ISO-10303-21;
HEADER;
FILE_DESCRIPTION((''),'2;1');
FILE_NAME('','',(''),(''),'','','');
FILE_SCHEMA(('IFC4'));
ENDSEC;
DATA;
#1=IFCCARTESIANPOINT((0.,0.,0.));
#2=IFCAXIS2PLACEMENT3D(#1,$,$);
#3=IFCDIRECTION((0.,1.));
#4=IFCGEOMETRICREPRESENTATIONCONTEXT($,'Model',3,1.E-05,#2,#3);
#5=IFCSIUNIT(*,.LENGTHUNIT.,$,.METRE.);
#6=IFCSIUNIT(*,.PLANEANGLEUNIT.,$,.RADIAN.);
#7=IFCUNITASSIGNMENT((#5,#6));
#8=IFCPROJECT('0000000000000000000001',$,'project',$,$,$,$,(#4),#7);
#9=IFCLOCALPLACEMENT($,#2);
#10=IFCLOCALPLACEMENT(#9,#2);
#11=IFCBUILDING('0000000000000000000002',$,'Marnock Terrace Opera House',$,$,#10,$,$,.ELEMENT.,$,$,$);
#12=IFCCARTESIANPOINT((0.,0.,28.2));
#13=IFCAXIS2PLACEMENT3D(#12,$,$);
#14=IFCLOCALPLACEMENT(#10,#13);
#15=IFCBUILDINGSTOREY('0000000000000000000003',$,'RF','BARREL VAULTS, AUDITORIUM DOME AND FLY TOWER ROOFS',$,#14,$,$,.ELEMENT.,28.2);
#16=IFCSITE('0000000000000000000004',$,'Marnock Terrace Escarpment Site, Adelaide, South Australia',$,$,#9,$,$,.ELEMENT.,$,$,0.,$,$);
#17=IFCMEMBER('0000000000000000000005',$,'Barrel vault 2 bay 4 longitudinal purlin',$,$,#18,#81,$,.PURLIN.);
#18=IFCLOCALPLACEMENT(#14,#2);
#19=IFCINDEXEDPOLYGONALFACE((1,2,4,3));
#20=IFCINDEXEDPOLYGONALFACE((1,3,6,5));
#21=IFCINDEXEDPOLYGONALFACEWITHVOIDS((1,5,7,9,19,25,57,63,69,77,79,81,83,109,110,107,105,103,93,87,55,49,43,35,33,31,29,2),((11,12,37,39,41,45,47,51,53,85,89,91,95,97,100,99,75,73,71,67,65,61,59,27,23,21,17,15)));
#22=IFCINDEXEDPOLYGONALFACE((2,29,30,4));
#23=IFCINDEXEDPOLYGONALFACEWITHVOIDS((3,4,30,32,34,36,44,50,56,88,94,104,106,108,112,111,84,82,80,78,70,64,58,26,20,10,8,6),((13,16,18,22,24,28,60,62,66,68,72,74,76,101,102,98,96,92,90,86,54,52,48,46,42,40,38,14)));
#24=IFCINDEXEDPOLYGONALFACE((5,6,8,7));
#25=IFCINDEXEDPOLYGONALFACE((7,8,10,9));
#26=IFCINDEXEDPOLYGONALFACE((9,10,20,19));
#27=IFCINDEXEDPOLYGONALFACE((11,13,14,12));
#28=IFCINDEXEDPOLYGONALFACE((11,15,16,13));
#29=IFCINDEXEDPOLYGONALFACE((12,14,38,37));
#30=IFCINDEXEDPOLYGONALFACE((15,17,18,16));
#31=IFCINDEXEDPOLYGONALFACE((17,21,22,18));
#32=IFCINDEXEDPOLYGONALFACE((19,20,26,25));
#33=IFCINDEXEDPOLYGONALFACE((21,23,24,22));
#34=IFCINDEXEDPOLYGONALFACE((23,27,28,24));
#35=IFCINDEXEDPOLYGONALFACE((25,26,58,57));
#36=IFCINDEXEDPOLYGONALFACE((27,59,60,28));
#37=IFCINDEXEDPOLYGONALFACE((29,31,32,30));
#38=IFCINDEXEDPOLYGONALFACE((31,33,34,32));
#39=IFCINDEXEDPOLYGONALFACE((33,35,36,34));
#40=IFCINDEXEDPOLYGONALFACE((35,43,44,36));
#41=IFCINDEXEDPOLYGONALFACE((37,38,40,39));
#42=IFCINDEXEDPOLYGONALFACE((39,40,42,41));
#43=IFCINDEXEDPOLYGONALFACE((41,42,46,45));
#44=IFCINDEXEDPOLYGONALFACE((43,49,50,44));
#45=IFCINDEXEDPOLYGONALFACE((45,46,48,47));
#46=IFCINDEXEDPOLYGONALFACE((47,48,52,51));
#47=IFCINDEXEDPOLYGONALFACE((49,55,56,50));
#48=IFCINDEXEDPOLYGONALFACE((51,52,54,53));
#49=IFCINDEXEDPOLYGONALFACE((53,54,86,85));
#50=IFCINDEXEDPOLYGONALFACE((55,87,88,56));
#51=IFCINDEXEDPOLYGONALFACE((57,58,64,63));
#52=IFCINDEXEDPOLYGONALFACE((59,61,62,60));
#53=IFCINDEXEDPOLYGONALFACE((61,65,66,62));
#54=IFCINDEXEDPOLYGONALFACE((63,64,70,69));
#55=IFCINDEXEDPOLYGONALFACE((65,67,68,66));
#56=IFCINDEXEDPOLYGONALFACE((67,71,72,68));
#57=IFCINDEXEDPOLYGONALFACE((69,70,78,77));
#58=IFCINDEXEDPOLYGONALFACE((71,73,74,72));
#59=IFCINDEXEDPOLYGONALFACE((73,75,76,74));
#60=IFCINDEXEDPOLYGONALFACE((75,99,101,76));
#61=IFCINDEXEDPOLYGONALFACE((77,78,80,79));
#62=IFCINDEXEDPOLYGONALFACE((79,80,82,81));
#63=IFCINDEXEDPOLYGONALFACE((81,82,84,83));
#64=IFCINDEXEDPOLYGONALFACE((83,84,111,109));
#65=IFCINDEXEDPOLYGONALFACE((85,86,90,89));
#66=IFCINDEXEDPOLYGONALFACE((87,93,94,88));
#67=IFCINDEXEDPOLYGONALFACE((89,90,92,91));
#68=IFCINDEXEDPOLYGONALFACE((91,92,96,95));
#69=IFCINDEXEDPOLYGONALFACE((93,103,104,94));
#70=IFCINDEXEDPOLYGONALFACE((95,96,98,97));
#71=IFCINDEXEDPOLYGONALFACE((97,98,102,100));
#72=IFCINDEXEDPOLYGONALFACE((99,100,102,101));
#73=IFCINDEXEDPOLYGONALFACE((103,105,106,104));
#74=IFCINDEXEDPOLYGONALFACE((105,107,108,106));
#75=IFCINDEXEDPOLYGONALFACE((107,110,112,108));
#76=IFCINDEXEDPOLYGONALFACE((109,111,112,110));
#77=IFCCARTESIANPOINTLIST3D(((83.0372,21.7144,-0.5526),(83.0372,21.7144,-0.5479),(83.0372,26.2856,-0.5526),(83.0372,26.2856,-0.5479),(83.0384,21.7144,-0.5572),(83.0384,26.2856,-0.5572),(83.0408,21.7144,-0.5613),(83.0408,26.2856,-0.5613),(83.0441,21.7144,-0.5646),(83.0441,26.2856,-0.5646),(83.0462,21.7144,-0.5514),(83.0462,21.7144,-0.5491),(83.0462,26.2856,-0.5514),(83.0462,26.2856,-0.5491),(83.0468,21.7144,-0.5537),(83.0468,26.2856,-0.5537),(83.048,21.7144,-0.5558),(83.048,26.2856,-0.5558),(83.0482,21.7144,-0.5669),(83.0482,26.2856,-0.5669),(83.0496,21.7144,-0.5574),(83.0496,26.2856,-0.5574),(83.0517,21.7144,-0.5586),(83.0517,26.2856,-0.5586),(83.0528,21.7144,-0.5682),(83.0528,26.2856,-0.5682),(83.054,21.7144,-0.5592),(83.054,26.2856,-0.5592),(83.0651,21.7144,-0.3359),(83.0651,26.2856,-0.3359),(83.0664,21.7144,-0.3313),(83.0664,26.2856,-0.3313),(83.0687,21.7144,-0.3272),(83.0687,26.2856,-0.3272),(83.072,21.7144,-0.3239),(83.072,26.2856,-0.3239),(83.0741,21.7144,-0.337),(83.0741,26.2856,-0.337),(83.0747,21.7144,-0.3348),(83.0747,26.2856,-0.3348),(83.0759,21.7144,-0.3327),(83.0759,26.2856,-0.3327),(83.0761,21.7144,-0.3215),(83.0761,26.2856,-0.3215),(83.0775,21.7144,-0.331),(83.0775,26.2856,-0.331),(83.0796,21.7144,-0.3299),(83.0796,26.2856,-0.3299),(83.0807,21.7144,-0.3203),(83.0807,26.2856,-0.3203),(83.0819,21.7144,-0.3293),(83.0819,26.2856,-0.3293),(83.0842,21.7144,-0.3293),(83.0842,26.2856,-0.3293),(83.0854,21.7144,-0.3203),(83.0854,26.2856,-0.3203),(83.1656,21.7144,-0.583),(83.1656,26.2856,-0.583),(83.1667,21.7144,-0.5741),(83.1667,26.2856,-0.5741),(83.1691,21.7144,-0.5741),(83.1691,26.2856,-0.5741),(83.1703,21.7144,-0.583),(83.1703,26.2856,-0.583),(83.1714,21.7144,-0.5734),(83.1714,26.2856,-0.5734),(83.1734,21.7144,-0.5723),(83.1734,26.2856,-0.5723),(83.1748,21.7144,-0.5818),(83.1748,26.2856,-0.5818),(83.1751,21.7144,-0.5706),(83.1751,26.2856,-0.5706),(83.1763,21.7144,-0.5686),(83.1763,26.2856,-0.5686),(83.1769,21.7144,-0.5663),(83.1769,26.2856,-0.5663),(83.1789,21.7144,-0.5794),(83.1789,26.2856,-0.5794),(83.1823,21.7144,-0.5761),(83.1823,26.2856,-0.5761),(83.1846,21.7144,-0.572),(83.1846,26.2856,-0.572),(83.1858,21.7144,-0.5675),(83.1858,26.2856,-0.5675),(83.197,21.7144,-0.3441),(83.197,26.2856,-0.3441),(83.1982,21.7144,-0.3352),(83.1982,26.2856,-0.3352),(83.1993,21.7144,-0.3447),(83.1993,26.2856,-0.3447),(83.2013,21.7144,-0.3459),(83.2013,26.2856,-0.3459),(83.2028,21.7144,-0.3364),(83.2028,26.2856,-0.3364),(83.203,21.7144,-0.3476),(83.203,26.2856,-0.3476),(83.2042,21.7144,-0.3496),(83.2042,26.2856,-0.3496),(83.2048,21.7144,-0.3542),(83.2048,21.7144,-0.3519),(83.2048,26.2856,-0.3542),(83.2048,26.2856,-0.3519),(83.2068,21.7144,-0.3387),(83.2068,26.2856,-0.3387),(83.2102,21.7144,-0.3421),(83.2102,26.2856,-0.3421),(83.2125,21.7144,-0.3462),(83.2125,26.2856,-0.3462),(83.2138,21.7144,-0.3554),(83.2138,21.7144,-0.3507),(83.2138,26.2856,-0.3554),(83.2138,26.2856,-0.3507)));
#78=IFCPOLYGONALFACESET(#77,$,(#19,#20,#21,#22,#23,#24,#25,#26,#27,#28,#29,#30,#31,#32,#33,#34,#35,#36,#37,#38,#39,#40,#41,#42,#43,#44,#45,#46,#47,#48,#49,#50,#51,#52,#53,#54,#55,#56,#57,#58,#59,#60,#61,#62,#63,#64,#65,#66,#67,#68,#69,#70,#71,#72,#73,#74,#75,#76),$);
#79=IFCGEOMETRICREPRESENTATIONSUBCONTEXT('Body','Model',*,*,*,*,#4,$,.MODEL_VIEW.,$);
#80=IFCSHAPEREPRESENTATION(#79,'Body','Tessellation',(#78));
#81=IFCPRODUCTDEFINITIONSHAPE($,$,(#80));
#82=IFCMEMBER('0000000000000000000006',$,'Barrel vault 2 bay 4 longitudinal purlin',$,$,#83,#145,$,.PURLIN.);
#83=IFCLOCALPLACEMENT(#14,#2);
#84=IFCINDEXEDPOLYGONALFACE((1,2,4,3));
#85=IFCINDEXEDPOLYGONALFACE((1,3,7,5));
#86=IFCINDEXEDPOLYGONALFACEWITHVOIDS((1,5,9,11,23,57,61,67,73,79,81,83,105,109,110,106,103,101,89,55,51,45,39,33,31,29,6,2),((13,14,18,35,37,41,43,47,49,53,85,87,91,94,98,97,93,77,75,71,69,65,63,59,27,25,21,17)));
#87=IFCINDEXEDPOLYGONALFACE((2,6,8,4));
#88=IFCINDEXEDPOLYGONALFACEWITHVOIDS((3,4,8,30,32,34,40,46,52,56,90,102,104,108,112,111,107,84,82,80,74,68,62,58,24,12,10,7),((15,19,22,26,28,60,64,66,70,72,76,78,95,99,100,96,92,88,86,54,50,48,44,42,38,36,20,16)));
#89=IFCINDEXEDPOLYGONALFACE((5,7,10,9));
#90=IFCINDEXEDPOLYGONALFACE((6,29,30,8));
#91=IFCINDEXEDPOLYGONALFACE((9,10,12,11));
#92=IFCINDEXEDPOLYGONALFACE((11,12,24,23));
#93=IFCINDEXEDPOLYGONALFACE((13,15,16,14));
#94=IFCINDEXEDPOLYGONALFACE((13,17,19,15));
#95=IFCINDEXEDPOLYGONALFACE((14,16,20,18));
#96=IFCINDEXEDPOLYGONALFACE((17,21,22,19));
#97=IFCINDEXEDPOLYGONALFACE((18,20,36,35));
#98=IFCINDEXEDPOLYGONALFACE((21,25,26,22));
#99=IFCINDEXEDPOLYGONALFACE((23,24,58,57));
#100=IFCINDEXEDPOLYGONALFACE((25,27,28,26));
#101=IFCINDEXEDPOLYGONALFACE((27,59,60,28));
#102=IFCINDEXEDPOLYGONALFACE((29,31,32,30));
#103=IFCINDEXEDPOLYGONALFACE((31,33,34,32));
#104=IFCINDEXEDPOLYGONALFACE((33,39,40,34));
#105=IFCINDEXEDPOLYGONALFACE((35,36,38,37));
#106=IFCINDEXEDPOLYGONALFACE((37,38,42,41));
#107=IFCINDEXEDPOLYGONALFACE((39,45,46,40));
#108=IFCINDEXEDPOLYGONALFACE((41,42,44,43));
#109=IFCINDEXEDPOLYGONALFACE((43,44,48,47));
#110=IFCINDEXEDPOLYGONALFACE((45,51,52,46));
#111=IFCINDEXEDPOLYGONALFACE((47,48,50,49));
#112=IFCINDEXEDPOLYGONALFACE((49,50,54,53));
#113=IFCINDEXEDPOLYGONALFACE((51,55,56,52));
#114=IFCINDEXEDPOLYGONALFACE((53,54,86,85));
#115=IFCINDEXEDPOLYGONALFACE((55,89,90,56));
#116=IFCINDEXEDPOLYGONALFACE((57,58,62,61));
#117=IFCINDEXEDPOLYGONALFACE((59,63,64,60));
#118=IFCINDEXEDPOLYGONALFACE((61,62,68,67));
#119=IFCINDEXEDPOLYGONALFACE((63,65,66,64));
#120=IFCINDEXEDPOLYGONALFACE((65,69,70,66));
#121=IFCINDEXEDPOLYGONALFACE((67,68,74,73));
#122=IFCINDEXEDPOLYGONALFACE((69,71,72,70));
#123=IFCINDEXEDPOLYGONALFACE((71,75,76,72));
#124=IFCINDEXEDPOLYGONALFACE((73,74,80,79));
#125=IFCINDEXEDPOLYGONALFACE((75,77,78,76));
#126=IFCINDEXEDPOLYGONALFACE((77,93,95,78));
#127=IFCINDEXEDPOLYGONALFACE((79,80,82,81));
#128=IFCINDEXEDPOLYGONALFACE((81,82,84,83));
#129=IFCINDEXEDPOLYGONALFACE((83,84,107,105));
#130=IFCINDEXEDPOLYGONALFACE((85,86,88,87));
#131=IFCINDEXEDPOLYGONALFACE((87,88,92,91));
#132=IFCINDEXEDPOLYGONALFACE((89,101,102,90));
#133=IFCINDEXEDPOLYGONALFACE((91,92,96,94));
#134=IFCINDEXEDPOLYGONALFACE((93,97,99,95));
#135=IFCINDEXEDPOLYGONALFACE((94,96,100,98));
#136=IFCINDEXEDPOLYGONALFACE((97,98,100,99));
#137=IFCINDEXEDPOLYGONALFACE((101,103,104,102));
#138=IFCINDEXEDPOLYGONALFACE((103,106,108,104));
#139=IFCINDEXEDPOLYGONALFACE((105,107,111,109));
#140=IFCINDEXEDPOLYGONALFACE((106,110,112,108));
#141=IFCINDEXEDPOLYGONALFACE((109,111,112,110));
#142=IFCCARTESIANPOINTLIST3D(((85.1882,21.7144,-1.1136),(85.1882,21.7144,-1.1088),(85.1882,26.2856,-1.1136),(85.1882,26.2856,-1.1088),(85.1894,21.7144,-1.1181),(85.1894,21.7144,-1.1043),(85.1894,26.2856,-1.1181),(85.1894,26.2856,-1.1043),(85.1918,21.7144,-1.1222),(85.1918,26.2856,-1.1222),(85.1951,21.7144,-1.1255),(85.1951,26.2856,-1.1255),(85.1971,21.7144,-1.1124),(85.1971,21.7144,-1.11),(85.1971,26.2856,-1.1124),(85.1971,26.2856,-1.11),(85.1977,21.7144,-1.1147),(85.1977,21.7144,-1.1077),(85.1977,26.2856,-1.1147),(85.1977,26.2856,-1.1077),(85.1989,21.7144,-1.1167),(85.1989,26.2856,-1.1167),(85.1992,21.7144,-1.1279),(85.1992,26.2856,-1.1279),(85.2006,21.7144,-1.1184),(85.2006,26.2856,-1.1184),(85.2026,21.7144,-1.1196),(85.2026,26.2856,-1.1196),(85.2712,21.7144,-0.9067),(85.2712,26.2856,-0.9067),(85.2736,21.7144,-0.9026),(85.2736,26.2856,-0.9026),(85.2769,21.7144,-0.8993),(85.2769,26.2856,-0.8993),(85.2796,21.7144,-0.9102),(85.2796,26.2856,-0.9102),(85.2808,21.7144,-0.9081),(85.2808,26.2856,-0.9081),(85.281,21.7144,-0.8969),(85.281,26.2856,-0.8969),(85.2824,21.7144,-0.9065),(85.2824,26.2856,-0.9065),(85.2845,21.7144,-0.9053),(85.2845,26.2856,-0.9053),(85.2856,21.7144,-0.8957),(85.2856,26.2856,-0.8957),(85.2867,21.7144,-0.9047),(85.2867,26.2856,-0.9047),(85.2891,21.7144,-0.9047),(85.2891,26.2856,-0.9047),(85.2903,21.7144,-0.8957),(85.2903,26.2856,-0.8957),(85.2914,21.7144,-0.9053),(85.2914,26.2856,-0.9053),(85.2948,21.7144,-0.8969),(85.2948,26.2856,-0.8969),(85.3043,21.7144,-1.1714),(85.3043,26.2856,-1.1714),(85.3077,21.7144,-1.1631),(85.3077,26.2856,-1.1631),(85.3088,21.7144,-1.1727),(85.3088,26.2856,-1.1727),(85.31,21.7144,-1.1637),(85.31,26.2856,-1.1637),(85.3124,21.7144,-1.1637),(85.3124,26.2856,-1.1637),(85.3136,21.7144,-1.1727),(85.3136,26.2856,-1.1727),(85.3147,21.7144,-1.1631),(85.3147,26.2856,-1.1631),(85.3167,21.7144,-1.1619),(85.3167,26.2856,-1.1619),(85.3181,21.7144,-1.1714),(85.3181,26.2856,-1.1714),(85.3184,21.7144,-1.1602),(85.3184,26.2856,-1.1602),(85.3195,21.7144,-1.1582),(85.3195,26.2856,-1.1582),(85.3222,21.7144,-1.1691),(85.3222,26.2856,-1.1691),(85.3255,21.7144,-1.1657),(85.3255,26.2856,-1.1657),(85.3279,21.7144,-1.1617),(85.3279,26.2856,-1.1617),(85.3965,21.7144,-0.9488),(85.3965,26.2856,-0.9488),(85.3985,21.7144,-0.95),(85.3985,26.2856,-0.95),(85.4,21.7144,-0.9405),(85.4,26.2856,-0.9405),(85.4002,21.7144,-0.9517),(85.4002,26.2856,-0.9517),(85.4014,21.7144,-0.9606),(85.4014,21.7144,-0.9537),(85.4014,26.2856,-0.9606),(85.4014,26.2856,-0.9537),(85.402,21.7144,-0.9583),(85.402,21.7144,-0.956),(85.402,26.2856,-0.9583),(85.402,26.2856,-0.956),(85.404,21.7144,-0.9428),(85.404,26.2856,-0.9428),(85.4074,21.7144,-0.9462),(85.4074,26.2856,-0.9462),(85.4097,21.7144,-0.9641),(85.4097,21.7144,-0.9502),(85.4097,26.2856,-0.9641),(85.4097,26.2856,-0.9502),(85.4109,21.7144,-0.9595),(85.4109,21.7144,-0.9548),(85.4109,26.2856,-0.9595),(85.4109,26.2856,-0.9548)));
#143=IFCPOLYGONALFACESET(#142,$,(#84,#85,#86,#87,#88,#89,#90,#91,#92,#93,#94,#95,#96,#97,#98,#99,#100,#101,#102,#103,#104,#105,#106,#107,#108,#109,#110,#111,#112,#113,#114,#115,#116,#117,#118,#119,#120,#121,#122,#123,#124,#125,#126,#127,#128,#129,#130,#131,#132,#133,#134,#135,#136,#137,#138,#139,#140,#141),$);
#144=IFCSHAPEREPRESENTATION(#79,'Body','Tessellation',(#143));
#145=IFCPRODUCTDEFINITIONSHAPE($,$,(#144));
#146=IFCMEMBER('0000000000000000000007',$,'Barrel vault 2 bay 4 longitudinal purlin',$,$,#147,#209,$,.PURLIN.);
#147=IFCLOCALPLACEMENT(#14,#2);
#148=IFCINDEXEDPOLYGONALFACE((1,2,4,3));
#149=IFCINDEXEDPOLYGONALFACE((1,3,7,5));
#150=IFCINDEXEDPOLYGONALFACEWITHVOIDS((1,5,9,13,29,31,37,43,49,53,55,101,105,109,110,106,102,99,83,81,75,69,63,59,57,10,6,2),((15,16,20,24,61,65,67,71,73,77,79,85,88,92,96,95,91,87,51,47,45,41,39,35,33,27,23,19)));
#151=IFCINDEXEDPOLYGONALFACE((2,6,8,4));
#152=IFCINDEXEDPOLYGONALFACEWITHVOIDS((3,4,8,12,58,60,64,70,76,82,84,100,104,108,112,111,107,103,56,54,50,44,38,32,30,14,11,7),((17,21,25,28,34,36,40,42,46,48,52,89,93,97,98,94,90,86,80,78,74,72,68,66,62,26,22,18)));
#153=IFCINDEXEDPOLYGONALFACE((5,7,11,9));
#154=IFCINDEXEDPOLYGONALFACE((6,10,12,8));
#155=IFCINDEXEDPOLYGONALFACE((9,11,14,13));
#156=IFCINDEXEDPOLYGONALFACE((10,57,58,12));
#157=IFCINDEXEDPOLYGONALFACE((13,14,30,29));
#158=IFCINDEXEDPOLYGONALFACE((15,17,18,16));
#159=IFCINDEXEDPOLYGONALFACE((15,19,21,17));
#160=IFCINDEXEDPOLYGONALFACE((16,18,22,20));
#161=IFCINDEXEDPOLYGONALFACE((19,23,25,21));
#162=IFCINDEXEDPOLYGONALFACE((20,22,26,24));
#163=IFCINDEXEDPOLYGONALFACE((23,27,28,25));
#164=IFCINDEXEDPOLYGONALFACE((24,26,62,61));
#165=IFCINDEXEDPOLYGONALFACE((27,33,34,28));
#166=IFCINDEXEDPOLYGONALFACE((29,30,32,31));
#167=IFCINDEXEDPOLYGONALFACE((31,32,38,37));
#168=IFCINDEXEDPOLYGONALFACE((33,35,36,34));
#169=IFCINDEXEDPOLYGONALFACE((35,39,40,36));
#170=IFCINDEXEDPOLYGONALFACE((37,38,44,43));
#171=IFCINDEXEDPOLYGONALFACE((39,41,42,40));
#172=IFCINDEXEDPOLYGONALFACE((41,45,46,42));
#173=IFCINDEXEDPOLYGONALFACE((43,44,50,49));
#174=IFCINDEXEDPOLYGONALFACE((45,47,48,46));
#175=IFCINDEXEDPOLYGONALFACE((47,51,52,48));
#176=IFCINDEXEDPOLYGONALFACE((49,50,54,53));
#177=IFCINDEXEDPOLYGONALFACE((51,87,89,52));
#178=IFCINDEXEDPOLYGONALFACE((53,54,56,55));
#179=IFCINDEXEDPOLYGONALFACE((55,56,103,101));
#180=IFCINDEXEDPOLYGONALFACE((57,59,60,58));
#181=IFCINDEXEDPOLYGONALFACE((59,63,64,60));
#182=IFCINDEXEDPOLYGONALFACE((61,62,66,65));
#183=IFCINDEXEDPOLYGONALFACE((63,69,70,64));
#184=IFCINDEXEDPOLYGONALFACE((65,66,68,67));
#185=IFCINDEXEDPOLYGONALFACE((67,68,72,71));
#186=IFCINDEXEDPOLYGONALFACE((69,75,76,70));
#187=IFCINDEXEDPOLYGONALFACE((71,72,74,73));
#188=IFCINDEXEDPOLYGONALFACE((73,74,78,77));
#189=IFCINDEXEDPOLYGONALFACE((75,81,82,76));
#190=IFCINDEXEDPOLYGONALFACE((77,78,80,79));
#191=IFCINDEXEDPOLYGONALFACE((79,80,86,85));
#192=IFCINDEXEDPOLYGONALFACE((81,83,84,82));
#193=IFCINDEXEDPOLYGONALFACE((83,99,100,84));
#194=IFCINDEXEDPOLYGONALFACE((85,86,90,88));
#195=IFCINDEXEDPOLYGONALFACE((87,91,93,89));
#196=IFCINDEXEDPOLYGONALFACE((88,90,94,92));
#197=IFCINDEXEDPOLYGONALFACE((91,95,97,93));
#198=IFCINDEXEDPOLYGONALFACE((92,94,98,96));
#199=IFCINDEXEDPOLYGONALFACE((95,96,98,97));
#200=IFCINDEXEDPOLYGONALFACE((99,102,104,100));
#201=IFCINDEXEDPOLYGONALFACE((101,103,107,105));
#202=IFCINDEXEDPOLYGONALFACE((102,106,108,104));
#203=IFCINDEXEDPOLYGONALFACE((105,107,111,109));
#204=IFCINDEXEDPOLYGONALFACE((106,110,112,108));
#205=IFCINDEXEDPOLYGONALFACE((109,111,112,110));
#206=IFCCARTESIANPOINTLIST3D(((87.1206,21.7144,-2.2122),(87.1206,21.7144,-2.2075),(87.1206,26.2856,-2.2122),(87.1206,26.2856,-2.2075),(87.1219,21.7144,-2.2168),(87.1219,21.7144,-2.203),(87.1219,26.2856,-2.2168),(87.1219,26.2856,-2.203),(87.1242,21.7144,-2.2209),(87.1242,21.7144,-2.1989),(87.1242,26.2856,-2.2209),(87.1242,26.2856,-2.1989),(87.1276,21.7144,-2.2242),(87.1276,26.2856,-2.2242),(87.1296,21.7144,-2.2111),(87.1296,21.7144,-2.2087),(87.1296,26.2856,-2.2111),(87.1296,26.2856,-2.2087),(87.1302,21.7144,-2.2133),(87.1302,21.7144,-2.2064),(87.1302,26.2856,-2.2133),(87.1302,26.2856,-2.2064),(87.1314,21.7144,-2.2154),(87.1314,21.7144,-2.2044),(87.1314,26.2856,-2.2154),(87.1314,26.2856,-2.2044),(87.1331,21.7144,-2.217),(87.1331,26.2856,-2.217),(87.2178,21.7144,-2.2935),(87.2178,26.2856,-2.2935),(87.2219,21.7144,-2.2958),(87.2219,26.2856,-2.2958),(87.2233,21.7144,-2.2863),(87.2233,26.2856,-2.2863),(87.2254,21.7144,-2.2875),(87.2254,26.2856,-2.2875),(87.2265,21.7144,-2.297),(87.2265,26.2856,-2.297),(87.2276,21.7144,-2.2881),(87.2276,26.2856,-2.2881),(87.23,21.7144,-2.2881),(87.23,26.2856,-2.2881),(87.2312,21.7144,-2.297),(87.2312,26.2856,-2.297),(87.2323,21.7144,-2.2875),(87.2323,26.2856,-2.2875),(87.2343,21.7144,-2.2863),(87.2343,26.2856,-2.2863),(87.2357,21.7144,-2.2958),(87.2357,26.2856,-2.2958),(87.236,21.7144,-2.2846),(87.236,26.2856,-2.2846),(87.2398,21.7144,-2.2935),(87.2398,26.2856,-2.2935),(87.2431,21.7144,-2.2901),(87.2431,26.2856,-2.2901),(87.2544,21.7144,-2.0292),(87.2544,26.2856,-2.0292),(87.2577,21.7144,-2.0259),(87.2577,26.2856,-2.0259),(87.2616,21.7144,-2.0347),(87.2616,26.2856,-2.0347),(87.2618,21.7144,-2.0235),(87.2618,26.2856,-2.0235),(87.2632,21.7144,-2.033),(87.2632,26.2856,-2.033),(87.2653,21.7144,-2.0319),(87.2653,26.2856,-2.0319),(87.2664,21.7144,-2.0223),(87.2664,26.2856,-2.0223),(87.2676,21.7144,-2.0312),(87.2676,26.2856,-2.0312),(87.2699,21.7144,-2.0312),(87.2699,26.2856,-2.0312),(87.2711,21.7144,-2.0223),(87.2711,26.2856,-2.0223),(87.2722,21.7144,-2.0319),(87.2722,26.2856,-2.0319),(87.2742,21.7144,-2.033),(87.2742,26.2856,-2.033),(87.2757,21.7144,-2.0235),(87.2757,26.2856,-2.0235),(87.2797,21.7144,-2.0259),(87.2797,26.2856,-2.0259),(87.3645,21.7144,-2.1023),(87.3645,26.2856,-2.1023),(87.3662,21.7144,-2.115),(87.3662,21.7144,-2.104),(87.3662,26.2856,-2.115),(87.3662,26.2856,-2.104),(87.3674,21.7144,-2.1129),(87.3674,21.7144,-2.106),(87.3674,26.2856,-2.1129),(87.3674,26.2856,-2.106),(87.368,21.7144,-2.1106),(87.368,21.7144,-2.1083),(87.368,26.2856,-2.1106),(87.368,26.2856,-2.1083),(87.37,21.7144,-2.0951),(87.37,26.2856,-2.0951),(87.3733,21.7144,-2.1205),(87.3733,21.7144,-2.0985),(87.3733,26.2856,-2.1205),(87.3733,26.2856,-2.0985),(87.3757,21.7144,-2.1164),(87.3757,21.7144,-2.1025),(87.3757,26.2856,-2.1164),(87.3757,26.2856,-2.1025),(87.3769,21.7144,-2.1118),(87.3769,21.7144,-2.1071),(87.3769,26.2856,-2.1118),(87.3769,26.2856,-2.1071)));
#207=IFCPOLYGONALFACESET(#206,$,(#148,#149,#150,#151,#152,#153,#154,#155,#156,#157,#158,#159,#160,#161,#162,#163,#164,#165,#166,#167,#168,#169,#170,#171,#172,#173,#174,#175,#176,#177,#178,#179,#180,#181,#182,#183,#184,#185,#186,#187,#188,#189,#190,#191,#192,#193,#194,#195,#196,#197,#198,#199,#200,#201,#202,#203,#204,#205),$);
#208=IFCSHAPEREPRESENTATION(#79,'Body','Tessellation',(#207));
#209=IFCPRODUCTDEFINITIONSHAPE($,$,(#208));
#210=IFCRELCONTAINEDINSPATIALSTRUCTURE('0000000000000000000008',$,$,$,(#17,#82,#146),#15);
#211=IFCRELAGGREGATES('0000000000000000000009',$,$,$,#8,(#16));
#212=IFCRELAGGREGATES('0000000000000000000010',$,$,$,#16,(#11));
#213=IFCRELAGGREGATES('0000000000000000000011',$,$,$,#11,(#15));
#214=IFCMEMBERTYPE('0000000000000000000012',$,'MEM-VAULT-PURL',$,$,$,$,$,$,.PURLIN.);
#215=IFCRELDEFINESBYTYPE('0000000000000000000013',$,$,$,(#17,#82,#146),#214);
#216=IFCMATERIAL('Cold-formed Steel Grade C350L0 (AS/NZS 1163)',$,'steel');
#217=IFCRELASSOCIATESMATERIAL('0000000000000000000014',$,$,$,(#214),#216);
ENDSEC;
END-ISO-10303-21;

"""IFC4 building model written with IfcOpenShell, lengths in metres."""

from ifc_helpers import new_model, si_unit, direction, frame, origin, origin_2d, place, context, subcontext, project, spatial, hollow_rectangle, extrude, material, material_profile, profile_set, type_object, element, save


model = new_model("IFC4")

# Units and contexts
model_context = context("Model", 3, precision=1e-05, world=origin(), true_north=direction((0.0, 1.0)))
body_context = subcontext(model_context, "Body", "Model", "MODEL_VIEW")
ifc_project = project(units=[si_unit("LENGTHUNIT", "METRE"), si_unit("PLANEANGLEUNIT", "RADIAN")], contexts=[model_context])

# Site, building, storey
site_placement = place(None, origin())
site = spatial("IfcSite", under=ifc_project, at=site_placement, Name="Marnock Terrace Escarpment Site, Adelaide, South Australia", CompositionType="ELEMENT", RefElevation=0.0)
building_placement = place(site_placement, origin())
building = spatial("IfcBuilding", under=site, at=building_placement, Name="Marnock Terrace Opera House", CompositionType="ELEMENT")
storey_placement = place(building_placement, frame((0.0, 0.0, 28.2)))
storey = spatial("IfcBuildingStorey", under=building, at=storey_placement, Name="RF", Description="BARREL VAULTS, AUDITORIUM DOME AND FLY TOWER ROOFS", CompositionType="ELEMENT", Elevation=28.2)

# Members
ifc_material = material(Name="Cold-formed Steel Grade C350L0 (AS/NZS 1163)", Category="steel")
ifc_material_profile_1 = material_profile(ifc_material, hollow_rectangle(XDim=0.1499, YDim=0.25, WallThickness=0.009, InnerFilletRadius=0.009, OuterFilletRadius=0.0181, at=origin_2d()))
ifc_profile_set_1 = profile_set([ifc_material_profile_1], Name="Cold-formed Steel Grade C350L0 (AS/NZS 1163)")
member_type_1 = type_object("IfcMemberType", Name="MEM-VAULT-PURL", PredefinedType="PURLIN", material=ifc_profile_set_1)
for number, where, z_axis, x_axis, name in (
    (1, (83.1255, 21.7144, -0.4517), (0.0, 1.0, 0.0), (-0.991445, 0.0, 0.130526), "Barrel vault 2 bay 4 longitudinal purlin"),
    (2, (85.2996, 21.7144, -1.0342), (0.0, 1.0, 0.0), (-0.92388, 0.0, 0.382683), "Barrel vault 2 bay 4 longitudinal purlin"),
    (3, (87.2488, 21.7144, -2.1597), (0.0, 1.0, 0.0), (-0.793353, 0.0, 0.608761), "Barrel vault 2 bay 4 longitudinal purlin"),
):
    element("IfcMember", number, at=place(storey_placement, frame(where, z_axis=z_axis, x_axis=x_axis)), inside=storey, type_object=member_type_1, Name=name, PredefinedType="PURLIN", context=body_context, shape_type="SweptSolid", body=[
        extrude(hollow_rectangle(XDim=0.1499, YDim=0.25, WallThickness=0.009, InnerFilletRadius=0.009, OuterFilletRadius=0.0181, at=origin_2d()), origin(), (0.0, 0.0, 1.0), 4.5713),
    ])

save(model, "model.ifc")
